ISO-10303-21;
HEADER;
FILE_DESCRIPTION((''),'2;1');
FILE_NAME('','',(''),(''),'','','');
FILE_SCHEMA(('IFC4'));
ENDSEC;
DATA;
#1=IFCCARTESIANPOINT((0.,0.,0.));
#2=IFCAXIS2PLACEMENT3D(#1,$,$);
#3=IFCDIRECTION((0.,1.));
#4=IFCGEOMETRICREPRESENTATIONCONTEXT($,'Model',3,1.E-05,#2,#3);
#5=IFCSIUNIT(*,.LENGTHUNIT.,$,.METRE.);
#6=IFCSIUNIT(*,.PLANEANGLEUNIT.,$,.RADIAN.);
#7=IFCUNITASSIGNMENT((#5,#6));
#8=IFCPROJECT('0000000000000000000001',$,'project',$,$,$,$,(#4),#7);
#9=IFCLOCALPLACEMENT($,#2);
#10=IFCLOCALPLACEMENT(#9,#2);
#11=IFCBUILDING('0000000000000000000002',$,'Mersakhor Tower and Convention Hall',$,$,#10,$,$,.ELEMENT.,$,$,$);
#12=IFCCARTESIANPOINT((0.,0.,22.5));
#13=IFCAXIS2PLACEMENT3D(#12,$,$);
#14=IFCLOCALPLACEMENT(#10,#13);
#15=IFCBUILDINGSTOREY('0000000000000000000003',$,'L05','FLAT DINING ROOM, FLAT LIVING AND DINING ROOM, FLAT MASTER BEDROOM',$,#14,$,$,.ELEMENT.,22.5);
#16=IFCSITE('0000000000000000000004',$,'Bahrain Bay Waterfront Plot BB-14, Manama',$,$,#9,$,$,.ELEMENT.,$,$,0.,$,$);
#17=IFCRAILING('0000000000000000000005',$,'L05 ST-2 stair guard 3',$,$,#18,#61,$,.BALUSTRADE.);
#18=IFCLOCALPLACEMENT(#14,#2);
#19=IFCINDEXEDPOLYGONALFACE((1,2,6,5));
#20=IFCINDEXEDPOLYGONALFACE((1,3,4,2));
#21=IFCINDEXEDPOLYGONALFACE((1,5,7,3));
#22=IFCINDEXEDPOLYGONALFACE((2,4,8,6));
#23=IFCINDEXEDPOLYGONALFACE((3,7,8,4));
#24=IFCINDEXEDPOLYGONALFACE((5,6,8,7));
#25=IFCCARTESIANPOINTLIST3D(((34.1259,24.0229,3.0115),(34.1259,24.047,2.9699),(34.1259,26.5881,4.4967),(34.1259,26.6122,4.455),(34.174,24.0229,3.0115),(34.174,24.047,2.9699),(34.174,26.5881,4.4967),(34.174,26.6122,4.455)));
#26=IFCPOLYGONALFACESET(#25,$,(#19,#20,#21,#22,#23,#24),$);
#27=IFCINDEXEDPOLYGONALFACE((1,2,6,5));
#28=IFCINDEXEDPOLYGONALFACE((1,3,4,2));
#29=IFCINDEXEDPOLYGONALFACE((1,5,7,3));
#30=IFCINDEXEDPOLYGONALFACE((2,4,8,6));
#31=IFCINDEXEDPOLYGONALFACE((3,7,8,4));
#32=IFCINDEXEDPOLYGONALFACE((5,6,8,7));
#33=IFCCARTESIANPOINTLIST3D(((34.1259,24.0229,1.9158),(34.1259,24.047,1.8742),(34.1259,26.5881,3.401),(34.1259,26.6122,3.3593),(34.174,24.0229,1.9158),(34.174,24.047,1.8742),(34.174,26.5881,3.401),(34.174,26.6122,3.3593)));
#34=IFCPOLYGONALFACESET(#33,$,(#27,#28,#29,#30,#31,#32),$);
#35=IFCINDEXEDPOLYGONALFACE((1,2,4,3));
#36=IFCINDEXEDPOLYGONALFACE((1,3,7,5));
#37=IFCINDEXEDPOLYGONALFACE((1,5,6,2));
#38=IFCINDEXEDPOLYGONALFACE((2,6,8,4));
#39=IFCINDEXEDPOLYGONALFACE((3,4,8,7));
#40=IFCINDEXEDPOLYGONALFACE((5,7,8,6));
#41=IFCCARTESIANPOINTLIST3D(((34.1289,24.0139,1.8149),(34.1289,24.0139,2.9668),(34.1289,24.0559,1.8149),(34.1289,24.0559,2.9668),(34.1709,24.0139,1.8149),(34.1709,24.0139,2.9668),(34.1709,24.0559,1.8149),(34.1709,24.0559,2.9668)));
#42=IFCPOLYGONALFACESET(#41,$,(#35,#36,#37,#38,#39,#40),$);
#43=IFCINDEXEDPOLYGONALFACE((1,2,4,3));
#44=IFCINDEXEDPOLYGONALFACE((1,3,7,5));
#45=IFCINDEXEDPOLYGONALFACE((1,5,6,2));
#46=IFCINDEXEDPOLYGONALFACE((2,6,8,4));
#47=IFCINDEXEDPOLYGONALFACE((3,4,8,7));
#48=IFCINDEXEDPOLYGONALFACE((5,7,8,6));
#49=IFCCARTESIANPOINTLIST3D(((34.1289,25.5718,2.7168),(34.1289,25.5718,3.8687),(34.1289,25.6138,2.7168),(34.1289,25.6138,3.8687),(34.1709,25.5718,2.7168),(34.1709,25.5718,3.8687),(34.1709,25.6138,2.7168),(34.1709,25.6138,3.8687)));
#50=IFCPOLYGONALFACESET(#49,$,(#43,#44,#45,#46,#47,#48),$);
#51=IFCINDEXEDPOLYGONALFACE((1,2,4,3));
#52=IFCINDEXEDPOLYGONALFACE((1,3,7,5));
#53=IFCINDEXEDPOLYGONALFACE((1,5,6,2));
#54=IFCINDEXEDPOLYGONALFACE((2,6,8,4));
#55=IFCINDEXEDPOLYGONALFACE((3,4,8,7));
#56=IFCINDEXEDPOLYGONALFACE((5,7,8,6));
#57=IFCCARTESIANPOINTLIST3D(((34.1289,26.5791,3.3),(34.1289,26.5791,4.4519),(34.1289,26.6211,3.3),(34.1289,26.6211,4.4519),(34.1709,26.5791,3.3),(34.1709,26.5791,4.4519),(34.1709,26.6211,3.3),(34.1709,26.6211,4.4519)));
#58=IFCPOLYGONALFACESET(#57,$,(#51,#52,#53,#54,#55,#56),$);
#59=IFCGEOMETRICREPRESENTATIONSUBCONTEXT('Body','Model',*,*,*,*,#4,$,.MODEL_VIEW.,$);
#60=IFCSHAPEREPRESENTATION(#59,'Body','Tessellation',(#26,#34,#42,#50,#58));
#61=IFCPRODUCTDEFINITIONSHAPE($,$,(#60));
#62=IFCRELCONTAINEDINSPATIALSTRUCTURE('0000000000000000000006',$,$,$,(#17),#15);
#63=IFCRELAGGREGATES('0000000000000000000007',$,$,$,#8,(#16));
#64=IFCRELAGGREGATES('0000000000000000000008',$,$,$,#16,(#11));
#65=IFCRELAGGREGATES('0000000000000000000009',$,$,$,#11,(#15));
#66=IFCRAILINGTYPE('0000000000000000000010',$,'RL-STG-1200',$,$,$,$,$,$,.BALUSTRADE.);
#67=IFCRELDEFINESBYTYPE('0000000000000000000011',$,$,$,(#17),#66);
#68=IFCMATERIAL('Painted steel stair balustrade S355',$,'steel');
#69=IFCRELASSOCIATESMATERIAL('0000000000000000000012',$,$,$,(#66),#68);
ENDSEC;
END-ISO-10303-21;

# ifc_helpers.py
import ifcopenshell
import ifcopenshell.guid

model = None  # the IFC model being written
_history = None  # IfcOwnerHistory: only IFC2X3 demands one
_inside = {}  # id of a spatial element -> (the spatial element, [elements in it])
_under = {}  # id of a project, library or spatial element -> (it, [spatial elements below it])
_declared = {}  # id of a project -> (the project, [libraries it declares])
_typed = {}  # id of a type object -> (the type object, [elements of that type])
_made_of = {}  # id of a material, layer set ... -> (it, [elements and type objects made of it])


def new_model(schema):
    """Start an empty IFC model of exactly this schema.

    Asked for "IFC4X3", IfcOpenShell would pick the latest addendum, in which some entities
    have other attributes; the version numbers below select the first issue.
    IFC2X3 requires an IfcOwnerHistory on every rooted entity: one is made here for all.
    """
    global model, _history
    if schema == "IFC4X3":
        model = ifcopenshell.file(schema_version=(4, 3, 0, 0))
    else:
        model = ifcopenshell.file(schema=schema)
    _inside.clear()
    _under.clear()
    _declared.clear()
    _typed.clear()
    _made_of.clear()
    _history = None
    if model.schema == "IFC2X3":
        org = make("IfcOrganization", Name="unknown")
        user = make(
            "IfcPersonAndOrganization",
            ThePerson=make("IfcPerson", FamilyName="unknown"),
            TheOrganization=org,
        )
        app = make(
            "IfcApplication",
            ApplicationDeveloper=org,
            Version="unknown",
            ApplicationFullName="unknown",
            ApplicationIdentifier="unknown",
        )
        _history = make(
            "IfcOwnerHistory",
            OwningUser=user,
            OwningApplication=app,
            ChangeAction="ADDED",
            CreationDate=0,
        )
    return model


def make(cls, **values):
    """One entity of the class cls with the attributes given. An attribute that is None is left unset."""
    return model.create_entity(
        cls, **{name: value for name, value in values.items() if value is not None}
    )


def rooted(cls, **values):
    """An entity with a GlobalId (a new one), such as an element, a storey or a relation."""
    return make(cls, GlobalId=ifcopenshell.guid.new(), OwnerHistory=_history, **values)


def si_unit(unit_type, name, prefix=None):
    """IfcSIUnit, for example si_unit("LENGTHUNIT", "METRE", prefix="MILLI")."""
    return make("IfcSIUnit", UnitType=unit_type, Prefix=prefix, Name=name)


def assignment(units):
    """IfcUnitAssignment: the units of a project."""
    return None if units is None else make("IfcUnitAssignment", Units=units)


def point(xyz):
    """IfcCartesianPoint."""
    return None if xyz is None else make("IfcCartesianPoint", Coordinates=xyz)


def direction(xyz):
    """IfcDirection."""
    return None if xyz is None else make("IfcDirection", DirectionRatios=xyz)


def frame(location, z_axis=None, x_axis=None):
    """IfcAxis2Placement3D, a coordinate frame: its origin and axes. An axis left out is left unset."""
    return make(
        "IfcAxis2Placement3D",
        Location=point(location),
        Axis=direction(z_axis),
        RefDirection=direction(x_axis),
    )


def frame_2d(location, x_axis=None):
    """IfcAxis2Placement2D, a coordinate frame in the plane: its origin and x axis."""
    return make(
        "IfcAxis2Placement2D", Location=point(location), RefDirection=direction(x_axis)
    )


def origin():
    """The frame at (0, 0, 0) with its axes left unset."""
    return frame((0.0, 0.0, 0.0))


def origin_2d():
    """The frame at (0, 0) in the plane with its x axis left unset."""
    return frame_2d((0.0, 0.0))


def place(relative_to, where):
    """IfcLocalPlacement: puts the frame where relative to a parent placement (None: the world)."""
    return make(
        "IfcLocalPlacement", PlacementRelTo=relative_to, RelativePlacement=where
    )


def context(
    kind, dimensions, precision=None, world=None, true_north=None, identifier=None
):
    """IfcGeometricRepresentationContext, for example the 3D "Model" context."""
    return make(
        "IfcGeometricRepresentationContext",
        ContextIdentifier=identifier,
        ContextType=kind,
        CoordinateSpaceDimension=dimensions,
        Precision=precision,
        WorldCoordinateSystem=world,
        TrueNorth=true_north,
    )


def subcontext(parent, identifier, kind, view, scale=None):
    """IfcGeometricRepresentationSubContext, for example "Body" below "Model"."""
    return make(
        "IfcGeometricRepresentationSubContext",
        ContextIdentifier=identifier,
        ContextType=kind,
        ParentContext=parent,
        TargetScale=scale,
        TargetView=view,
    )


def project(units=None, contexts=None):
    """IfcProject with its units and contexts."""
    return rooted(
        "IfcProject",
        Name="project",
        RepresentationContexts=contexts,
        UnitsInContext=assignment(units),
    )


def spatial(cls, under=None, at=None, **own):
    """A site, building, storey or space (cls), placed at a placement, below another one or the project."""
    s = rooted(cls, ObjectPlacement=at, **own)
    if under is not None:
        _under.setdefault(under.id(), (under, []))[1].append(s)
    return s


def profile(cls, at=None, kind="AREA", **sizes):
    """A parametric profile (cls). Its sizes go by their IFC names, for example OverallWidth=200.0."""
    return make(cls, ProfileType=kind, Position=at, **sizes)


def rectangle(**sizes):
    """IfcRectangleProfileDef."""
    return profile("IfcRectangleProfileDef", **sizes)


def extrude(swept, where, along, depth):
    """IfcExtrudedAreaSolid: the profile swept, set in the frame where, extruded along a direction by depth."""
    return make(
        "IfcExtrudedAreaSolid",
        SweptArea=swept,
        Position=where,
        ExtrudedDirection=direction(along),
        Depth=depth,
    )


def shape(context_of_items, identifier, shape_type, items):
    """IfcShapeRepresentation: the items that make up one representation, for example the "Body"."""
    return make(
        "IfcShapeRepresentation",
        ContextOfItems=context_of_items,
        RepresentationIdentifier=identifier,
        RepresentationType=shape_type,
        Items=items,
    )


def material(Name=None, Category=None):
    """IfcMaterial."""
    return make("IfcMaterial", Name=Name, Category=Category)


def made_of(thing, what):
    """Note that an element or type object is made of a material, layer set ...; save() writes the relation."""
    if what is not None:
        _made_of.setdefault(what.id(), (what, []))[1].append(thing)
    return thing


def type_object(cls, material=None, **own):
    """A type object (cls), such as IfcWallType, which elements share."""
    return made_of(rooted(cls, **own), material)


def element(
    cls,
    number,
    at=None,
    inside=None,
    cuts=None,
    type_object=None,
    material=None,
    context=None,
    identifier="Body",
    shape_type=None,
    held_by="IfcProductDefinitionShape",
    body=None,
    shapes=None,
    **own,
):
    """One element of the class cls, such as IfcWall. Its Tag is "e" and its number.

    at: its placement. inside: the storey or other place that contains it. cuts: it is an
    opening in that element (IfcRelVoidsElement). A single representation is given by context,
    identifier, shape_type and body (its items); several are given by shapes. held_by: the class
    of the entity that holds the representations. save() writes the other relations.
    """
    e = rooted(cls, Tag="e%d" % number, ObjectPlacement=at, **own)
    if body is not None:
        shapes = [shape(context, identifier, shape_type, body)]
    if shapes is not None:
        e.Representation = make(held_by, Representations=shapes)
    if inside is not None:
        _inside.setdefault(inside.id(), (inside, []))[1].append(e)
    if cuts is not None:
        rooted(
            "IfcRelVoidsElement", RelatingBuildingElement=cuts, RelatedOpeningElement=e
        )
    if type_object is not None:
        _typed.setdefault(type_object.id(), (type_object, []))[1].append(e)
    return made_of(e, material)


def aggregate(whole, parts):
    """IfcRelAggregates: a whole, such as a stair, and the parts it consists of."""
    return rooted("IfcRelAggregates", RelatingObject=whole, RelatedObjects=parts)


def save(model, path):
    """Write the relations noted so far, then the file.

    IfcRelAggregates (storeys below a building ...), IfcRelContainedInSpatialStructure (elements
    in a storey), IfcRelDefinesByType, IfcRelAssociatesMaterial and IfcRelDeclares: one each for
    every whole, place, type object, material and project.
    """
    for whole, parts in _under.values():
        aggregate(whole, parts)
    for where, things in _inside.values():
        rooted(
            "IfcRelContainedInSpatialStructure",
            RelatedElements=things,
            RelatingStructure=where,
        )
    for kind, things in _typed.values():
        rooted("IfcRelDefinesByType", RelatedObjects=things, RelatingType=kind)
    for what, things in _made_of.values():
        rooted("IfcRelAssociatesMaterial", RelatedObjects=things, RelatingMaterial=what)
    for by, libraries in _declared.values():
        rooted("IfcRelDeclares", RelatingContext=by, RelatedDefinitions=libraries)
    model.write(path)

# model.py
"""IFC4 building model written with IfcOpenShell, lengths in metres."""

from ifc_helpers import new_model, si_unit, direction, frame, origin, origin_2d, place, context, subcontext, project, spatial, rectangle, extrude, material, type_object, element, save


model = new_model("IFC4")

# Units and contexts
model_context = context("Model", 3, precision=1e-05, world=origin(), true_north=direction((0.0, 1.0)))
body_context = subcontext(model_context, "Body", "Model", "MODEL_VIEW")
ifc_project = project(units=[si_unit("LENGTHUNIT", "METRE"), si_unit("PLANEANGLEUNIT", "RADIAN")], contexts=[model_context])

# Site, building, storey
site_placement = place(None, origin())
site = spatial("IfcSite", under=ifc_project, at=site_placement, Name="Bahrain Bay Waterfront Plot BB-14, Manama", CompositionType="ELEMENT", RefElevation=0.0)
building_placement = place(site_placement, origin())
building = spatial("IfcBuilding", under=site, at=building_placement, Name="Mersakhor Tower and Convention Hall", CompositionType="ELEMENT")
storey_placement = place(building_placement, frame((0.0, 0.0, 22.5)))
storey = spatial("IfcBuildingStorey", under=building, at=storey_placement, Name="L05", Description="FLAT DINING ROOM, FLAT LIVING AND DINING ROOM, FLAT MASTER BEDROOM", CompositionType="ELEMENT", Elevation=22.5)

# Railing
ifc_material_1 = material(Name="Painted steel stair balustrade S355", Category="steel")
railing_type_1 = type_object("IfcRailingType", Name="RL-STG-1200", PredefinedType="BALUSTRADE", material=ifc_material_1)
railing_1_placement = place(storey_placement, frame((34.1499, 24.0349, 1.8149)))
element("IfcRailing", 1, at=railing_1_placement, inside=storey, type_object=railing_type_1, Name="L05 ST-2 stair guard 3", PredefinedType="BALUSTRADE", context=body_context, shape_type="SweptSolid", body=[
    extrude(rectangle(XDim=0.0481, YDim=0.0481, at=origin_2d()), frame((0.0, 0.0, 1.1758), z_axis=(0.0, 0.865426, 0.501036), x_axis=(-1.0, 0.0, 0.0)), (0.0, 0.0, 1.0), 2.9641),
    extrude(rectangle(XDim=0.0481, YDim=0.0481, at=origin_2d()), frame((0.0, 0.0, 0.0801), z_axis=(0.0, 0.865426, 0.501036), x_axis=(-1.0, 0.0, 0.0)), (0.0, 0.0, 1.0), 2.9641),
    extrude(rectangle(XDim=0.042, YDim=0.042, at=origin_2d()), origin(), (0.0, 0.0, 1.0), 1.1519),
    extrude(rectangle(XDim=0.042, YDim=0.042, at=origin_2d()), frame((0.0, 1.5579, 0.9019)), (0.0, 0.0, 1.0), 1.1519),
    extrude(rectangle(XDim=0.042, YDim=0.042, at=origin_2d()), frame((0.0, 2.5652, 1.4851)), (0.0, 0.0, 1.0), 1.1519),
])

save(model, "model.ifc")
